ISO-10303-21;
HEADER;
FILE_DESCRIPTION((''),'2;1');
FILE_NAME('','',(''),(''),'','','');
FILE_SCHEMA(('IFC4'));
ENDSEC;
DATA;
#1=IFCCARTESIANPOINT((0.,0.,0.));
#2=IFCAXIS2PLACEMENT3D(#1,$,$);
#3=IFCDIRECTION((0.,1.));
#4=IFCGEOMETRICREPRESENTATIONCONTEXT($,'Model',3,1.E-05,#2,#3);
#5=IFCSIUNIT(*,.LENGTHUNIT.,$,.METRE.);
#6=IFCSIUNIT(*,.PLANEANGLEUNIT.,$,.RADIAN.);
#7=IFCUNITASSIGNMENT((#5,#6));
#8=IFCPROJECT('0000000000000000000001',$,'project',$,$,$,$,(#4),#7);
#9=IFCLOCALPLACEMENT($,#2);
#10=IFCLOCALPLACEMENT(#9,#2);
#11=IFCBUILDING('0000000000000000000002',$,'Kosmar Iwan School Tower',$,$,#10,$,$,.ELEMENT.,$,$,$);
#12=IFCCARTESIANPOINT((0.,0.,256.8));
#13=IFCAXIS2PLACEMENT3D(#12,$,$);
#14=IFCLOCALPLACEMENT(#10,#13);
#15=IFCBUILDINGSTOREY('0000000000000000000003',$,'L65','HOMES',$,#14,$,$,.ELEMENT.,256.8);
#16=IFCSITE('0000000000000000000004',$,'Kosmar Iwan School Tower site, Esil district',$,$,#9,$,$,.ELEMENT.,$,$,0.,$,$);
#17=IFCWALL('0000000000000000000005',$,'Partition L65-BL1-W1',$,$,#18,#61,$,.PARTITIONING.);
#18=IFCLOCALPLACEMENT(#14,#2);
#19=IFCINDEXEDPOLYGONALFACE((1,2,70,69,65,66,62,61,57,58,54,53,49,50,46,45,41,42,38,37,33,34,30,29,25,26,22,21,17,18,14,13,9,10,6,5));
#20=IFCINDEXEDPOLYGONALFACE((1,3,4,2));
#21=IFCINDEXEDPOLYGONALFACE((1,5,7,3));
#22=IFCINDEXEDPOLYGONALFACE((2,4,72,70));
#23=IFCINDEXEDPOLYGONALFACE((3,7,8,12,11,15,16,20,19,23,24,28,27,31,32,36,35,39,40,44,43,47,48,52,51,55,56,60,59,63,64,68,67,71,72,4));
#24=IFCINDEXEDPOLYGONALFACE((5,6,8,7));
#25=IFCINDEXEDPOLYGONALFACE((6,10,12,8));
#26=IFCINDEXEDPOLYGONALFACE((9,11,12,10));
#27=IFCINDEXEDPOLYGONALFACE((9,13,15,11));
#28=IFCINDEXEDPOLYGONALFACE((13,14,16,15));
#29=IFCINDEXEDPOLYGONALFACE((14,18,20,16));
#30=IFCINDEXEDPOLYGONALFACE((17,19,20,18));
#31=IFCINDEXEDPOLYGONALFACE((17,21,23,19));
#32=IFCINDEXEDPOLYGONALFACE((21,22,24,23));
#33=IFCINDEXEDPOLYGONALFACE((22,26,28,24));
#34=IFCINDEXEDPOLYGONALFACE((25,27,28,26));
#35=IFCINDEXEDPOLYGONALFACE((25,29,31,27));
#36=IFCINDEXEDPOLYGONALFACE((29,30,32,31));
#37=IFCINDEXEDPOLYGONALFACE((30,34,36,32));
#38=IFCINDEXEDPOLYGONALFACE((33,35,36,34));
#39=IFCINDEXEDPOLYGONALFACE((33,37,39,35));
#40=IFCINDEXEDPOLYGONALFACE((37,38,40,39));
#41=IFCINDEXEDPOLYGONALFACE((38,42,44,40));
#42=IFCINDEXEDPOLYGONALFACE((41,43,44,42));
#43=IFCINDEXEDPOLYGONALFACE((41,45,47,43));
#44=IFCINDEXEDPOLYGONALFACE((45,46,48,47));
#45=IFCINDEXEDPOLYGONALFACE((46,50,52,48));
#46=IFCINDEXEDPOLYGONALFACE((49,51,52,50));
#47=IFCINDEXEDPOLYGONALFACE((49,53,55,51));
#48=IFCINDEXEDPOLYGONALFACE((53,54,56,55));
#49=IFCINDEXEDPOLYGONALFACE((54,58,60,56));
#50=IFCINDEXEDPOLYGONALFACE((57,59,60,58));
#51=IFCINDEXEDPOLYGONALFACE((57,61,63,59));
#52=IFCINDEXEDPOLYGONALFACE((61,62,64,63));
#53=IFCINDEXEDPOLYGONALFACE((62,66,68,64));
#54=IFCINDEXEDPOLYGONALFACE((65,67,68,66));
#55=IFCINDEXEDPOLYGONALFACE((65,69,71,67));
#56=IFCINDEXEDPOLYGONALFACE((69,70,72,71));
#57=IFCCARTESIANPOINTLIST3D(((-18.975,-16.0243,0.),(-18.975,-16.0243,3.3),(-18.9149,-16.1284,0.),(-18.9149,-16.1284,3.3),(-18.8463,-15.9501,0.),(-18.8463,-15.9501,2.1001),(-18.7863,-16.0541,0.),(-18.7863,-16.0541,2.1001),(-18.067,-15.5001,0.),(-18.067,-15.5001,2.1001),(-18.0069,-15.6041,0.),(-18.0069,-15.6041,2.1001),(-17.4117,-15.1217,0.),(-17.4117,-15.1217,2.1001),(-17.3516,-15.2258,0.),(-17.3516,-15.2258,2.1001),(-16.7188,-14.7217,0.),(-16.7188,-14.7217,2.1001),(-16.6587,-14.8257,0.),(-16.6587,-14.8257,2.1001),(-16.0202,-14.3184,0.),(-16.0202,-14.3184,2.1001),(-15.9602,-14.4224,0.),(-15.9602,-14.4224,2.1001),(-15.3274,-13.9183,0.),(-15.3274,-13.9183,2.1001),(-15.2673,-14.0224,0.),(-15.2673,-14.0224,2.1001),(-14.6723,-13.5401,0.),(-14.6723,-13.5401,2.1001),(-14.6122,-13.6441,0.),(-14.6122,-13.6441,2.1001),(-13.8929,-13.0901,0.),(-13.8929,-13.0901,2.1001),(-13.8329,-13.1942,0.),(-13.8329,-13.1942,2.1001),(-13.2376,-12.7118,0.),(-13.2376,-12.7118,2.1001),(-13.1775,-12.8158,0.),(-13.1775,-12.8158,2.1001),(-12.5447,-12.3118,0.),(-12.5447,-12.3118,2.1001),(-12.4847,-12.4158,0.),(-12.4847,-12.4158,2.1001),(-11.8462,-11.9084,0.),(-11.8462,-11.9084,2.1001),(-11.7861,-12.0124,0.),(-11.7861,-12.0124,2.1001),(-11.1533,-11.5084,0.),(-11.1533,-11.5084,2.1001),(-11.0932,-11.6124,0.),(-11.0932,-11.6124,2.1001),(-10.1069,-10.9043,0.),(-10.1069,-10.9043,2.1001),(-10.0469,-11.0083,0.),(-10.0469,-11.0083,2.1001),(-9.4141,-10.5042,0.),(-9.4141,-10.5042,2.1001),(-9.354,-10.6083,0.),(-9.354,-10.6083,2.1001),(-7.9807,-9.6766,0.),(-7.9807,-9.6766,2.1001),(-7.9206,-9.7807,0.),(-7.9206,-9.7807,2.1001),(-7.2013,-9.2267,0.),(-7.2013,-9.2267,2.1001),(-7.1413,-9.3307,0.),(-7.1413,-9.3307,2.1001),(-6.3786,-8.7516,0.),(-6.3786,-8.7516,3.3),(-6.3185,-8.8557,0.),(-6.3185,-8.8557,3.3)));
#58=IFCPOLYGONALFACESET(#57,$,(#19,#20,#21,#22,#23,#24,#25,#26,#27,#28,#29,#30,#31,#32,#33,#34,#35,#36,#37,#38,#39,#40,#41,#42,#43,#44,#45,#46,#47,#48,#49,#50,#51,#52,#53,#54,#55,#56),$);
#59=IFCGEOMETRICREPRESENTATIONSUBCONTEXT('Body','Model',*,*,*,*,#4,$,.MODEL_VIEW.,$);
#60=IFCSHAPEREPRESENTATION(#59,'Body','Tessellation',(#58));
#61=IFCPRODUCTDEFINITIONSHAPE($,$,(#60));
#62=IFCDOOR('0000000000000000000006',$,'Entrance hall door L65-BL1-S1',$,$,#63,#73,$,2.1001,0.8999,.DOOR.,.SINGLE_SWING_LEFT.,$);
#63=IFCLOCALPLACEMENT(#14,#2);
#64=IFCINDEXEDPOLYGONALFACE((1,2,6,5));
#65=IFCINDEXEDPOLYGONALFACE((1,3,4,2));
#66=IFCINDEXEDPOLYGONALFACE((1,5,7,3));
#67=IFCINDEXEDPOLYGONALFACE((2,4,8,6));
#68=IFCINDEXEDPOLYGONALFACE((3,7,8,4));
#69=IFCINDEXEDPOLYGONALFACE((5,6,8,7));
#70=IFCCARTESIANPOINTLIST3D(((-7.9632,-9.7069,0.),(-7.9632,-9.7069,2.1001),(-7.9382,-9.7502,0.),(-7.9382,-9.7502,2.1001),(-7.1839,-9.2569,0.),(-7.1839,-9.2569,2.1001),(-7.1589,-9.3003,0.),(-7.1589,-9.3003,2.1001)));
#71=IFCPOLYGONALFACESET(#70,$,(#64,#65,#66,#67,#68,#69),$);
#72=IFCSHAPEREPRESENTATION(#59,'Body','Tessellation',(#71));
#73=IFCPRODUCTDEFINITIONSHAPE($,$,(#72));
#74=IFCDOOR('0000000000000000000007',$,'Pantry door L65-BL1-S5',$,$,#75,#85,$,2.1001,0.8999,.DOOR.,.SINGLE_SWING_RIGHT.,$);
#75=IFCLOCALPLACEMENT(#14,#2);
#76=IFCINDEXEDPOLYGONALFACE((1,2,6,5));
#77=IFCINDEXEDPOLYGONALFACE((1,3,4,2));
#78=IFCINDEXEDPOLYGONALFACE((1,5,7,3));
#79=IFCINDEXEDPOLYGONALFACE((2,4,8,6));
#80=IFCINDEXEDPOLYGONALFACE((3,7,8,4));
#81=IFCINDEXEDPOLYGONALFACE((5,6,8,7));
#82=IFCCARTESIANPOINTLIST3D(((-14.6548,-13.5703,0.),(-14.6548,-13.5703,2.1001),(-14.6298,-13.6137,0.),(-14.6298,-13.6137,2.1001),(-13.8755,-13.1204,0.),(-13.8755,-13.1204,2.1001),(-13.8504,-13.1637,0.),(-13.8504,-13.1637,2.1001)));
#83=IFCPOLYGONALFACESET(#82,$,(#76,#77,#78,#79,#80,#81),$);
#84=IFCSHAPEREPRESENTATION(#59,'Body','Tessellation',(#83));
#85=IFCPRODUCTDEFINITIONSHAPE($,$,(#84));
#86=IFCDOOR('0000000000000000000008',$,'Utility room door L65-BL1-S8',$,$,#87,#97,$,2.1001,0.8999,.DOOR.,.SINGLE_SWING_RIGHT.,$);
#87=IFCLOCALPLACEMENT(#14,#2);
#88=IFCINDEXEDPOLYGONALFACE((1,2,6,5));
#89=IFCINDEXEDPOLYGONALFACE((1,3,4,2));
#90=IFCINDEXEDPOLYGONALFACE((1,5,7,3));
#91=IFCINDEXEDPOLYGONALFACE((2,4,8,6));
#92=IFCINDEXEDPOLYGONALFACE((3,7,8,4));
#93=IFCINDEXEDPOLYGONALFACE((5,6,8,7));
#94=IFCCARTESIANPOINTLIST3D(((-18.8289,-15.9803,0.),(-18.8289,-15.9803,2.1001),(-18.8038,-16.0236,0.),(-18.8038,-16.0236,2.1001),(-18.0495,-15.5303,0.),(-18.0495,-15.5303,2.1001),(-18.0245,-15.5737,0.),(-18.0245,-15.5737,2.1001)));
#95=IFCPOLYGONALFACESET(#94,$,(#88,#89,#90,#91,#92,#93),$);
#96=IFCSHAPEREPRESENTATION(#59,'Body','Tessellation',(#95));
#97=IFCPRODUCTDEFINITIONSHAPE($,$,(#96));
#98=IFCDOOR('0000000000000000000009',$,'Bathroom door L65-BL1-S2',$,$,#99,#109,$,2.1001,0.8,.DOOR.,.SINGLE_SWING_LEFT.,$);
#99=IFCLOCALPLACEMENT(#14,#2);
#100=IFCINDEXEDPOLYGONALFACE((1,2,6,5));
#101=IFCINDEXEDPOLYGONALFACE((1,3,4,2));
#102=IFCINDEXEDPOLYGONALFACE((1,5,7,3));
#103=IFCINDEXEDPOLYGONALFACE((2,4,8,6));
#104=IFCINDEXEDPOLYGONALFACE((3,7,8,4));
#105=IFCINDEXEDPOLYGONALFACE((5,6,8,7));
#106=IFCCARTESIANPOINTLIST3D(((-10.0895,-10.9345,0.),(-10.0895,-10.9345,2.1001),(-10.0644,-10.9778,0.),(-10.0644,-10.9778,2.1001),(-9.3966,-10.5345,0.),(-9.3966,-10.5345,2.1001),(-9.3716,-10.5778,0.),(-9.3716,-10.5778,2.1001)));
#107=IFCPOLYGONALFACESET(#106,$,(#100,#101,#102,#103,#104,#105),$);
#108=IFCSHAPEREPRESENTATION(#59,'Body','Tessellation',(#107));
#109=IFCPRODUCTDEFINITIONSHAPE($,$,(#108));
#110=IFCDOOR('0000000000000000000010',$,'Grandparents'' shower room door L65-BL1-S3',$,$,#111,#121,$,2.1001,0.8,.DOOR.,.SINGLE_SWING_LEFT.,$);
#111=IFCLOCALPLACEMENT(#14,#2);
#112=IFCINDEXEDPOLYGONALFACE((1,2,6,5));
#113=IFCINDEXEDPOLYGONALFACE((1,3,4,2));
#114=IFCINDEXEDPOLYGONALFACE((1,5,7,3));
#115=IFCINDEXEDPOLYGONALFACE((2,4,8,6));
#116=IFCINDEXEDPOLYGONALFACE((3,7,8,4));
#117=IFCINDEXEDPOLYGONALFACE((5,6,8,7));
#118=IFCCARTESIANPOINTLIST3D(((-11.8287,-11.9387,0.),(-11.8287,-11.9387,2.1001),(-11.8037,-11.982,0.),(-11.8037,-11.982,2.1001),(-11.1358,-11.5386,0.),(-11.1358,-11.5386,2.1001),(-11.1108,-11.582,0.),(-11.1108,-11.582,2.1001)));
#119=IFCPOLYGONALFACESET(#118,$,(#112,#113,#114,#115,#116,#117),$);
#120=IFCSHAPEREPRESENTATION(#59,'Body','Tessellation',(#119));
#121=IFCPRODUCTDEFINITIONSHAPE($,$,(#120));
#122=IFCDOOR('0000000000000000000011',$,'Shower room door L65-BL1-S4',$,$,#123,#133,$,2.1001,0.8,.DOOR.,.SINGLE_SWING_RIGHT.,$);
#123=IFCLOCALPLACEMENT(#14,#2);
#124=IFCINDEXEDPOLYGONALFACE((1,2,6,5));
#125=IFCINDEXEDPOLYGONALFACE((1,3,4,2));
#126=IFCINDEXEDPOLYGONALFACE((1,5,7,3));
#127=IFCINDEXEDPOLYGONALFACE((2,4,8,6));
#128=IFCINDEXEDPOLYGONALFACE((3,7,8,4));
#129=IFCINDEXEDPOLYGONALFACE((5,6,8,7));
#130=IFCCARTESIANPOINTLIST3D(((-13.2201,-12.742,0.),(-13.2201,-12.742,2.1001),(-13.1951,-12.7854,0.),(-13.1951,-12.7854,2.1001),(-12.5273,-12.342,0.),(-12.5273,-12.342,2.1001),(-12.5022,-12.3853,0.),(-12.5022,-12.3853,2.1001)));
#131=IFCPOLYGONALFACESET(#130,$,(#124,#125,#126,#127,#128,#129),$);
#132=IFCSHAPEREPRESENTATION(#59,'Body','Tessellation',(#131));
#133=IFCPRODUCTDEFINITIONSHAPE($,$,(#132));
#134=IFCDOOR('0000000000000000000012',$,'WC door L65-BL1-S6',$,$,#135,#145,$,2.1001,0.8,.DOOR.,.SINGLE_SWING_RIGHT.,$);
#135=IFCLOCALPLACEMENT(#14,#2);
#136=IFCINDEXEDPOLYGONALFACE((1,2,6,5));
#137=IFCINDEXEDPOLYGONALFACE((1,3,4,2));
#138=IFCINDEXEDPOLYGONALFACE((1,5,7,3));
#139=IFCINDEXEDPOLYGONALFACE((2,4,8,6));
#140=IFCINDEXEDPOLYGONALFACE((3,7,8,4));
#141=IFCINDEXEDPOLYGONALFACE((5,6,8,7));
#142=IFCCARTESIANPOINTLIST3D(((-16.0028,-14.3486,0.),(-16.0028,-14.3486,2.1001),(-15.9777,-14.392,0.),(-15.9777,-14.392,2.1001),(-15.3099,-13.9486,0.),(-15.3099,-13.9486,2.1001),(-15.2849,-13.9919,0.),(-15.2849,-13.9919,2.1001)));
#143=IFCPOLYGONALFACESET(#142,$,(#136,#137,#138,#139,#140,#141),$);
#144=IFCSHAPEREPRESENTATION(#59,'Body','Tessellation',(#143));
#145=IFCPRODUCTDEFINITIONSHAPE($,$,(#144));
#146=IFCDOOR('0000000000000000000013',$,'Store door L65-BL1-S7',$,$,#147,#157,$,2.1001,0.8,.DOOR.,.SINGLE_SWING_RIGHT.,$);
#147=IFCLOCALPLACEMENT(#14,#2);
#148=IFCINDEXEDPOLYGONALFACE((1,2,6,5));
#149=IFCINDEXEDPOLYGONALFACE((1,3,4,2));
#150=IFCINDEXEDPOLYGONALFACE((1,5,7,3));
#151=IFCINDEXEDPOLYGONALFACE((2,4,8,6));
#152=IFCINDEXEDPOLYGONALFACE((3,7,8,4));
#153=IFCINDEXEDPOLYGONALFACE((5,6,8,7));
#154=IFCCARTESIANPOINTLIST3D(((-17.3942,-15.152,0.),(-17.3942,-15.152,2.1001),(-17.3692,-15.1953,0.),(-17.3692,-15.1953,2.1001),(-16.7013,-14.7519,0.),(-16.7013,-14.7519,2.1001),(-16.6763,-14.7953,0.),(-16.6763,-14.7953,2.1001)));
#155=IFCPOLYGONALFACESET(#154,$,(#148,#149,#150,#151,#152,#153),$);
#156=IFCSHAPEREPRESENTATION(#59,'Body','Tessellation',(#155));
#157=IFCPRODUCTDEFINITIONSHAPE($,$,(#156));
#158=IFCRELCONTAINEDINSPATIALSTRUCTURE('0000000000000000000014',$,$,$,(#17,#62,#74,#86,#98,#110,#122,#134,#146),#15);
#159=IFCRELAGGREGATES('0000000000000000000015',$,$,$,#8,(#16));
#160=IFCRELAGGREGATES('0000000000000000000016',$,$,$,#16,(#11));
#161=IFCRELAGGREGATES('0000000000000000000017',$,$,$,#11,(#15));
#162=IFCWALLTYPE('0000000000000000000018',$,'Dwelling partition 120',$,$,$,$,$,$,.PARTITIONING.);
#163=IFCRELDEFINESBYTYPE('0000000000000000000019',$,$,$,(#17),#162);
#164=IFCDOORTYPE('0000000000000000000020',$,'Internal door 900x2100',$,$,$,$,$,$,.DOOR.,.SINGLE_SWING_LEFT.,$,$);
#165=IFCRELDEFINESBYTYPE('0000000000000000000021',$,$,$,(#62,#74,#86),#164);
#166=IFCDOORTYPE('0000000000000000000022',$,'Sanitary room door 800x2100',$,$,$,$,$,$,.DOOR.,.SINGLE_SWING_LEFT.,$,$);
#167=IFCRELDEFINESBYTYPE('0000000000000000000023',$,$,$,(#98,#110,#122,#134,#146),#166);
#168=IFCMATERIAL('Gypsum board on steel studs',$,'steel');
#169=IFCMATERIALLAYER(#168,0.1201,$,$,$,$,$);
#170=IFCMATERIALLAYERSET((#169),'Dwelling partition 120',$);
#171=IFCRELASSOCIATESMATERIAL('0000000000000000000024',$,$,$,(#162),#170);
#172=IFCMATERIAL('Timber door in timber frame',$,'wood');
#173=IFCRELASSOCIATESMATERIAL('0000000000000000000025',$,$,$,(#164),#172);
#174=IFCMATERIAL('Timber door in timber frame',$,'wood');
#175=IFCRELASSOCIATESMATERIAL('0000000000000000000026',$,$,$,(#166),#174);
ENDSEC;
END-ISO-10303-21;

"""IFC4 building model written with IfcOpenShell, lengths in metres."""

from ifc_helpers import new_model, si_unit, direction, frame, frame_2d, origin, place, context, subcontext, project, spatial, rectangle, extrude, material, layer, layer_set, type_object, element, fill, save


model = new_model("IFC4")

# Units and contexts
model_context = context("Model", 3, precision=1e-05, world=origin(), true_north=direction((0.0, 1.0)))
body_context = subcontext(model_context, "Body", "Model", "MODEL_VIEW")
ifc_project = project(units=[si_unit("LENGTHUNIT", "METRE"), si_unit("PLANEANGLEUNIT", "RADIAN")], contexts=[model_context])

# Site, building, storey
site_placement = place(None, origin())
site = spatial("IfcSite", under=ifc_project, at=site_placement, Name="Kosmar Iwan School Tower site, Esil district", CompositionType="ELEMENT", RefElevation=0.0)
building_placement = place(site_placement, origin())
building = spatial("IfcBuilding", under=site, at=building_placement, Name="Kosmar Iwan School Tower", CompositionType="ELEMENT")
storey_placement = place(building_placement, frame((0.0, 0.0, 256.8)))
storey = spatial("IfcBuildingStorey", under=building, at=storey_placement, Name="L65", Description="HOMES", CompositionType="ELEMENT", Elevation=256.8)

# Wall, openings, doors
ifc_material_1 = material(Name="Gypsum board on steel studs", Category="steel")
ifc_layer_1 = layer(ifc_material_1, 0.1201)
ifc_layer_set_1 = layer_set([ifc_layer_1], Name="Dwelling partition 120")
wall_type_1 = type_object("IfcWallType", Name="Dwelling partition 120", PredefinedType="PARTITIONING", material=ifc_layer_set_1)
wall_1_placement = place(storey_placement, frame((-6.3486, -8.8037, 0.0), z_axis=(0.0, 0.0, 1.0), x_axis=(-0.866021, -0.500008, 0.0)))
wall_1 = element("IfcWall", 1, at=wall_1_placement, inside=storey, type_object=wall_type_1, Name="Partition L65-BL1-W1", PredefinedType="PARTITIONING", context=body_context, shape_type="SweptSolid", body=[
    extrude(rectangle(XDim=14.5452, YDim=0.1201, at=frame_2d((7.2725, 0.0))), origin(), (0.0, 0.0, 1.0), 3.3),
])
opening_1_placement = place(wall_1_placement, frame((0.95, 0.0, 0.0)))
opening_1 = element("IfcOpeningElement", 2, at=opening_1_placement, cuts=wall_1, PredefinedType="OPENING", context=body_context, shape_type="SweptSolid", body=[
    extrude(rectangle(XDim=0.8999, YDim=2.1001, at=frame_2d((0.45, 1.05))), frame((0.0, 0.072, 0.0), z_axis=(0.0, -1.0, 0.0), x_axis=(1.0, 0.0, 0.0)), (0.0, 0.0, 1.0), 0.144),
])
opening_2_placement = place(wall_1_placement, frame((3.5051, 0.0, 0.0)))
opening_2 = element("IfcOpeningElement", 3, at=opening_2_placement, cuts=wall_1, PredefinedType="OPENING", context=body_context, shape_type="SweptSolid", body=[
    extrude(rectangle(XDim=0.8, YDim=2.1001, at=frame_2d((0.3999, 1.05))), frame((0.0, 0.072, 0.0), z_axis=(0.0, -1.0, 0.0), x_axis=(1.0, 0.0, 0.0)), (0.0, 0.0, 1.0), 0.144),
])
opening_3_placement = place(wall_1_placement, frame((5.5134, 0.0, 0.0)))
opening_3 = element("IfcOpeningElement", 4, at=opening_3_placement, cuts=wall_1, PredefinedType="OPENING", context=body_context, shape_type="SweptSolid", body=[
    extrude(rectangle(XDim=0.8, YDim=2.1001, at=frame_2d((0.3999, 1.05))), frame((0.0, 0.072, 0.0), z_axis=(0.0, -1.0, 0.0), x_axis=(1.0, 0.0, 0.0)), (0.0, 0.0, 1.0), 0.144),
])
opening_4_placement = place(wall_1_placement, frame((7.1201, 0.0, 0.0)))
opening_4 = element("IfcOpeningElement", 5, at=opening_4_placement, cuts=wall_1, PredefinedType="OPENING", context=body_context, shape_type="SweptSolid", body=[
    extrude(rectangle(XDim=0.8, YDim=2.1001, at=frame_2d((0.3999, 1.05))), frame((0.0, 0.072, 0.0), z_axis=(0.0, -1.0, 0.0), x_axis=(1.0, 0.0, 0.0)), (0.0, 0.0, 1.0), 0.144),
])
opening_5_placement = place(wall_1_placement, frame((8.6768, 0.0, 0.0)))
opening_5 = element("IfcOpeningElement", 6, at=opening_5_placement, cuts=wall_1, PredefinedType="OPENING", context=body_context, shape_type="SweptSolid", body=[
    extrude(rectangle(XDim=0.8999, YDim=2.1001, at=frame_2d((0.45, 1.05))), frame((0.0, 0.072, 0.0), z_axis=(0.0, -1.0, 0.0), x_axis=(1.0, 0.0, 0.0)), (0.0, 0.0, 1.0), 0.144),
])
opening_6_placement = place(wall_1_placement, frame((10.3333, 0.0, 0.0)))
opening_6 = element("IfcOpeningElement", 7, at=opening_6_placement, cuts=wall_1, PredefinedType="OPENING", context=body_context, shape_type="SweptSolid", body=[
    extrude(rectangle(XDim=0.8, YDim=2.1001, at=frame_2d((0.3999, 1.05))), frame((0.0, 0.072, 0.0), z_axis=(0.0, -1.0, 0.0), x_axis=(1.0, 0.0, 0.0)), (0.0, 0.0, 1.0), 0.144),
])
opening_7_placement = place(wall_1_placement, frame((11.9399, 0.0, 0.0)))
opening_7 = element("IfcOpeningElement", 8, at=opening_7_placement, cuts=wall_1, PredefinedType="OPENING", context=body_context, shape_type="SweptSolid", body=[
    extrude(rectangle(XDim=0.8, YDim=2.1001, at=frame_2d((0.3999, 1.05))), frame((0.0, 0.072, 0.0), z_axis=(0.0, -1.0, 0.0), x_axis=(1.0, 0.0, 0.0)), (0.0, 0.0, 1.0), 0.144),
])
opening_8_placement = place(wall_1_placement, frame((13.4966, 0.0, 0.0)))
opening_8 = element("IfcOpeningElement", 9, at=opening_8_placement, cuts=wall_1, PredefinedType="OPENING", context=body_context, shape_type="SweptSolid", body=[
    extrude(rectangle(XDim=0.8999, YDim=2.1001, at=frame_2d((0.45, 1.05))), frame((0.0, 0.072, 0.0), z_axis=(0.0, -1.0, 0.0), x_axis=(1.0, 0.0, 0.0)), (0.0, 0.0, 1.0), 0.144),
])
ifc_material_2 = material(Name="Timber door in timber frame", Category="wood")
door_type_1 = type_object("IfcDoorType", Name="Internal door 900x2100", OperationType="SINGLE_SWING_LEFT", PredefinedType="DOOR", material=ifc_material_2)
door_1_placement = place(opening_1_placement, origin())
door_1 = element("IfcDoor", 10, at=door_1_placement, inside=storey, type_object=door_type_1, Name="Entrance hall door L65-BL1-S1", OperationType="SINGLE_SWING_LEFT", OverallHeight=2.1001, OverallWidth=0.8999, PredefinedType="DOOR", context=body_context, shape_type="SweptSolid", body=[
    extrude(rectangle(XDim=0.8999, YDim=2.1001, at=frame_2d((0.45, 1.05))), frame((0.0, 0.0249, 0.0), z_axis=(0.0, -1.0, 0.0), x_axis=(1.0, 0.0, 0.0)), (0.0, 0.0, 1.0), 0.05),
])
fill(opening_1, door_1)
door_2_placement = place(opening_5_placement, origin())
door_2 = element("IfcDoor", 11, at=door_2_placement, inside=storey, type_object=door_type_1, Name="Pantry door L65-BL1-S5", OperationType="SINGLE_SWING_RIGHT", OverallHeight=2.1001, OverallWidth=0.8999, PredefinedType="DOOR", context=body_context, shape_type="SweptSolid", body=[
    extrude(rectangle(XDim=0.8999, YDim=2.1001, at=frame_2d((0.45, 1.05))), frame((0.0, 0.0249, 0.0), z_axis=(0.0, -1.0, 0.0), x_axis=(1.0, 0.0, 0.0)), (0.0, 0.0, 1.0), 0.05),
])
fill(opening_5, door_2)
door_3_placement = place(opening_8_placement, origin())
door_3 = element("IfcDoor", 12, at=door_3_placement, inside=storey, type_object=door_type_1, Name="Utility room door L65-BL1-S8", OperationType="SINGLE_SWING_RIGHT", OverallHeight=2.1001, OverallWidth=0.8999, PredefinedType="DOOR", context=body_context, shape_type="SweptSolid", body=[
    extrude(rectangle(XDim=0.8999, YDim=2.1001, at=frame_2d((0.45, 1.05))), frame((0.0, 0.0249, 0.0), z_axis=(0.0, -1.0, 0.0), x_axis=(1.0, 0.0, 0.0)), (0.0, 0.0, 1.0), 0.05),
])
fill(opening_8, door_3)
ifc_material_3 = material(Name="Timber door in timber frame", Category="wood")
door_type_2 = type_object("IfcDoorType", Name="Sanitary room door 800x2100", OperationType="SINGLE_SWING_LEFT", PredefinedType="DOOR", material=ifc_material_3)
door_4_placement = place(opening_2_placement, origin())
door_4 = element("IfcDoor", 13, at=door_4_placement, inside=storey, type_object=door_type_2, Name="Bathroom door L65-BL1-S2", OperationType="SINGLE_SWING_LEFT", OverallHeight=2.1001, OverallWidth=0.8, PredefinedType="DOOR", context=body_context, shape_type="SweptSolid", body=[
    extrude(rectangle(XDim=0.8, YDim=2.1001, at=frame_2d((0.3999, 1.05))), frame((0.0, 0.0249, 0.0), z_axis=(0.0, -1.0, 0.0), x_axis=(1.0, 0.0, 0.0)), (0.0, 0.0, 1.0), 0.05),
])
fill(opening_2, door_4)
door_5_placement = place(opening_3_placement, origin())
door_5 = element("IfcDoor", 14, at=door_5_placement, inside=storey, type_object=door_type_2, Name="Grandparents' shower room door L65-BL1-S3", OperationType="SINGLE_SWING_LEFT", OverallHeight=2.1001, OverallWidth=0.8, PredefinedType="DOOR", context=body_context, shape_type="SweptSolid", body=[
    extrude(rectangle(XDim=0.8, YDim=2.1001, at=frame_2d((0.3999, 1.05))), frame((0.0, 0.0249, 0.0), z_axis=(0.0, -1.0, 0.0), x_axis=(1.0, 0.0, 0.0)), (0.0, 0.0, 1.0), 0.05),
])
fill(opening_3, door_5)
door_6_placement = place(opening_4_placement, origin())
door_6 = element("IfcDoor", 15, at=door_6_placement, inside=storey, type_object=door_type_2, Name="Shower room door L65-BL1-S4", OperationType="SINGLE_SWING_RIGHT", OverallHeight=2.1001, OverallWidth=0.8, PredefinedType="DOOR", context=body_context, shape_type="SweptSolid", body=[
    extrude(rectangle(XDim=0.8, YDim=2.1001, at=frame_2d((0.3999, 1.05))), frame((0.0, 0.0249, 0.0), z_axis=(0.0, -1.0, 0.0), x_axis=(1.0, 0.0, 0.0)), (0.0, 0.0, 1.0), 0.05),
])
fill(opening_4, door_6)
door_7_placement = place(opening_6_placement, origin())
door_7 = element("IfcDoor", 16, at=door_7_placement, inside=storey, type_object=door_type_2, Name="WC door L65-BL1-S6", OperationType="SINGLE_SWING_RIGHT", OverallHeight=2.1001, OverallWidth=0.8, PredefinedType="DOOR", context=body_context, shape_type="SweptSolid", body=[
    extrude(rectangle(XDim=0.8, YDim=2.1001, at=frame_2d((0.3999, 1.05))), frame((0.0, 0.0249, 0.0), z_axis=(0.0, -1.0, 0.0), x_axis=(1.0, 0.0, 0.0)), (0.0, 0.0, 1.0), 0.05),
])
fill(opening_6, door_7)
door_8_placement = place(opening_7_placement, origin())
door_8 = element("IfcDoor", 17, at=door_8_placement, inside=storey, type_object=door_type_2, Name="Store door L65-BL1-S7", OperationType="SINGLE_SWING_RIGHT", OverallHeight=2.1001, OverallWidth=0.8, PredefinedType="DOOR", context=body_context, shape_type="SweptSolid", body=[
    extrude(rectangle(XDim=0.8, YDim=2.1001, at=frame_2d((0.3999, 1.05))), frame((0.0, 0.0249, 0.0), z_axis=(0.0, -1.0, 0.0), x_axis=(1.0, 0.0, 0.0)), (0.0, 0.0, 1.0), 0.05),
])
fill(opening_7, door_8)

save(model, "model.ifc")
